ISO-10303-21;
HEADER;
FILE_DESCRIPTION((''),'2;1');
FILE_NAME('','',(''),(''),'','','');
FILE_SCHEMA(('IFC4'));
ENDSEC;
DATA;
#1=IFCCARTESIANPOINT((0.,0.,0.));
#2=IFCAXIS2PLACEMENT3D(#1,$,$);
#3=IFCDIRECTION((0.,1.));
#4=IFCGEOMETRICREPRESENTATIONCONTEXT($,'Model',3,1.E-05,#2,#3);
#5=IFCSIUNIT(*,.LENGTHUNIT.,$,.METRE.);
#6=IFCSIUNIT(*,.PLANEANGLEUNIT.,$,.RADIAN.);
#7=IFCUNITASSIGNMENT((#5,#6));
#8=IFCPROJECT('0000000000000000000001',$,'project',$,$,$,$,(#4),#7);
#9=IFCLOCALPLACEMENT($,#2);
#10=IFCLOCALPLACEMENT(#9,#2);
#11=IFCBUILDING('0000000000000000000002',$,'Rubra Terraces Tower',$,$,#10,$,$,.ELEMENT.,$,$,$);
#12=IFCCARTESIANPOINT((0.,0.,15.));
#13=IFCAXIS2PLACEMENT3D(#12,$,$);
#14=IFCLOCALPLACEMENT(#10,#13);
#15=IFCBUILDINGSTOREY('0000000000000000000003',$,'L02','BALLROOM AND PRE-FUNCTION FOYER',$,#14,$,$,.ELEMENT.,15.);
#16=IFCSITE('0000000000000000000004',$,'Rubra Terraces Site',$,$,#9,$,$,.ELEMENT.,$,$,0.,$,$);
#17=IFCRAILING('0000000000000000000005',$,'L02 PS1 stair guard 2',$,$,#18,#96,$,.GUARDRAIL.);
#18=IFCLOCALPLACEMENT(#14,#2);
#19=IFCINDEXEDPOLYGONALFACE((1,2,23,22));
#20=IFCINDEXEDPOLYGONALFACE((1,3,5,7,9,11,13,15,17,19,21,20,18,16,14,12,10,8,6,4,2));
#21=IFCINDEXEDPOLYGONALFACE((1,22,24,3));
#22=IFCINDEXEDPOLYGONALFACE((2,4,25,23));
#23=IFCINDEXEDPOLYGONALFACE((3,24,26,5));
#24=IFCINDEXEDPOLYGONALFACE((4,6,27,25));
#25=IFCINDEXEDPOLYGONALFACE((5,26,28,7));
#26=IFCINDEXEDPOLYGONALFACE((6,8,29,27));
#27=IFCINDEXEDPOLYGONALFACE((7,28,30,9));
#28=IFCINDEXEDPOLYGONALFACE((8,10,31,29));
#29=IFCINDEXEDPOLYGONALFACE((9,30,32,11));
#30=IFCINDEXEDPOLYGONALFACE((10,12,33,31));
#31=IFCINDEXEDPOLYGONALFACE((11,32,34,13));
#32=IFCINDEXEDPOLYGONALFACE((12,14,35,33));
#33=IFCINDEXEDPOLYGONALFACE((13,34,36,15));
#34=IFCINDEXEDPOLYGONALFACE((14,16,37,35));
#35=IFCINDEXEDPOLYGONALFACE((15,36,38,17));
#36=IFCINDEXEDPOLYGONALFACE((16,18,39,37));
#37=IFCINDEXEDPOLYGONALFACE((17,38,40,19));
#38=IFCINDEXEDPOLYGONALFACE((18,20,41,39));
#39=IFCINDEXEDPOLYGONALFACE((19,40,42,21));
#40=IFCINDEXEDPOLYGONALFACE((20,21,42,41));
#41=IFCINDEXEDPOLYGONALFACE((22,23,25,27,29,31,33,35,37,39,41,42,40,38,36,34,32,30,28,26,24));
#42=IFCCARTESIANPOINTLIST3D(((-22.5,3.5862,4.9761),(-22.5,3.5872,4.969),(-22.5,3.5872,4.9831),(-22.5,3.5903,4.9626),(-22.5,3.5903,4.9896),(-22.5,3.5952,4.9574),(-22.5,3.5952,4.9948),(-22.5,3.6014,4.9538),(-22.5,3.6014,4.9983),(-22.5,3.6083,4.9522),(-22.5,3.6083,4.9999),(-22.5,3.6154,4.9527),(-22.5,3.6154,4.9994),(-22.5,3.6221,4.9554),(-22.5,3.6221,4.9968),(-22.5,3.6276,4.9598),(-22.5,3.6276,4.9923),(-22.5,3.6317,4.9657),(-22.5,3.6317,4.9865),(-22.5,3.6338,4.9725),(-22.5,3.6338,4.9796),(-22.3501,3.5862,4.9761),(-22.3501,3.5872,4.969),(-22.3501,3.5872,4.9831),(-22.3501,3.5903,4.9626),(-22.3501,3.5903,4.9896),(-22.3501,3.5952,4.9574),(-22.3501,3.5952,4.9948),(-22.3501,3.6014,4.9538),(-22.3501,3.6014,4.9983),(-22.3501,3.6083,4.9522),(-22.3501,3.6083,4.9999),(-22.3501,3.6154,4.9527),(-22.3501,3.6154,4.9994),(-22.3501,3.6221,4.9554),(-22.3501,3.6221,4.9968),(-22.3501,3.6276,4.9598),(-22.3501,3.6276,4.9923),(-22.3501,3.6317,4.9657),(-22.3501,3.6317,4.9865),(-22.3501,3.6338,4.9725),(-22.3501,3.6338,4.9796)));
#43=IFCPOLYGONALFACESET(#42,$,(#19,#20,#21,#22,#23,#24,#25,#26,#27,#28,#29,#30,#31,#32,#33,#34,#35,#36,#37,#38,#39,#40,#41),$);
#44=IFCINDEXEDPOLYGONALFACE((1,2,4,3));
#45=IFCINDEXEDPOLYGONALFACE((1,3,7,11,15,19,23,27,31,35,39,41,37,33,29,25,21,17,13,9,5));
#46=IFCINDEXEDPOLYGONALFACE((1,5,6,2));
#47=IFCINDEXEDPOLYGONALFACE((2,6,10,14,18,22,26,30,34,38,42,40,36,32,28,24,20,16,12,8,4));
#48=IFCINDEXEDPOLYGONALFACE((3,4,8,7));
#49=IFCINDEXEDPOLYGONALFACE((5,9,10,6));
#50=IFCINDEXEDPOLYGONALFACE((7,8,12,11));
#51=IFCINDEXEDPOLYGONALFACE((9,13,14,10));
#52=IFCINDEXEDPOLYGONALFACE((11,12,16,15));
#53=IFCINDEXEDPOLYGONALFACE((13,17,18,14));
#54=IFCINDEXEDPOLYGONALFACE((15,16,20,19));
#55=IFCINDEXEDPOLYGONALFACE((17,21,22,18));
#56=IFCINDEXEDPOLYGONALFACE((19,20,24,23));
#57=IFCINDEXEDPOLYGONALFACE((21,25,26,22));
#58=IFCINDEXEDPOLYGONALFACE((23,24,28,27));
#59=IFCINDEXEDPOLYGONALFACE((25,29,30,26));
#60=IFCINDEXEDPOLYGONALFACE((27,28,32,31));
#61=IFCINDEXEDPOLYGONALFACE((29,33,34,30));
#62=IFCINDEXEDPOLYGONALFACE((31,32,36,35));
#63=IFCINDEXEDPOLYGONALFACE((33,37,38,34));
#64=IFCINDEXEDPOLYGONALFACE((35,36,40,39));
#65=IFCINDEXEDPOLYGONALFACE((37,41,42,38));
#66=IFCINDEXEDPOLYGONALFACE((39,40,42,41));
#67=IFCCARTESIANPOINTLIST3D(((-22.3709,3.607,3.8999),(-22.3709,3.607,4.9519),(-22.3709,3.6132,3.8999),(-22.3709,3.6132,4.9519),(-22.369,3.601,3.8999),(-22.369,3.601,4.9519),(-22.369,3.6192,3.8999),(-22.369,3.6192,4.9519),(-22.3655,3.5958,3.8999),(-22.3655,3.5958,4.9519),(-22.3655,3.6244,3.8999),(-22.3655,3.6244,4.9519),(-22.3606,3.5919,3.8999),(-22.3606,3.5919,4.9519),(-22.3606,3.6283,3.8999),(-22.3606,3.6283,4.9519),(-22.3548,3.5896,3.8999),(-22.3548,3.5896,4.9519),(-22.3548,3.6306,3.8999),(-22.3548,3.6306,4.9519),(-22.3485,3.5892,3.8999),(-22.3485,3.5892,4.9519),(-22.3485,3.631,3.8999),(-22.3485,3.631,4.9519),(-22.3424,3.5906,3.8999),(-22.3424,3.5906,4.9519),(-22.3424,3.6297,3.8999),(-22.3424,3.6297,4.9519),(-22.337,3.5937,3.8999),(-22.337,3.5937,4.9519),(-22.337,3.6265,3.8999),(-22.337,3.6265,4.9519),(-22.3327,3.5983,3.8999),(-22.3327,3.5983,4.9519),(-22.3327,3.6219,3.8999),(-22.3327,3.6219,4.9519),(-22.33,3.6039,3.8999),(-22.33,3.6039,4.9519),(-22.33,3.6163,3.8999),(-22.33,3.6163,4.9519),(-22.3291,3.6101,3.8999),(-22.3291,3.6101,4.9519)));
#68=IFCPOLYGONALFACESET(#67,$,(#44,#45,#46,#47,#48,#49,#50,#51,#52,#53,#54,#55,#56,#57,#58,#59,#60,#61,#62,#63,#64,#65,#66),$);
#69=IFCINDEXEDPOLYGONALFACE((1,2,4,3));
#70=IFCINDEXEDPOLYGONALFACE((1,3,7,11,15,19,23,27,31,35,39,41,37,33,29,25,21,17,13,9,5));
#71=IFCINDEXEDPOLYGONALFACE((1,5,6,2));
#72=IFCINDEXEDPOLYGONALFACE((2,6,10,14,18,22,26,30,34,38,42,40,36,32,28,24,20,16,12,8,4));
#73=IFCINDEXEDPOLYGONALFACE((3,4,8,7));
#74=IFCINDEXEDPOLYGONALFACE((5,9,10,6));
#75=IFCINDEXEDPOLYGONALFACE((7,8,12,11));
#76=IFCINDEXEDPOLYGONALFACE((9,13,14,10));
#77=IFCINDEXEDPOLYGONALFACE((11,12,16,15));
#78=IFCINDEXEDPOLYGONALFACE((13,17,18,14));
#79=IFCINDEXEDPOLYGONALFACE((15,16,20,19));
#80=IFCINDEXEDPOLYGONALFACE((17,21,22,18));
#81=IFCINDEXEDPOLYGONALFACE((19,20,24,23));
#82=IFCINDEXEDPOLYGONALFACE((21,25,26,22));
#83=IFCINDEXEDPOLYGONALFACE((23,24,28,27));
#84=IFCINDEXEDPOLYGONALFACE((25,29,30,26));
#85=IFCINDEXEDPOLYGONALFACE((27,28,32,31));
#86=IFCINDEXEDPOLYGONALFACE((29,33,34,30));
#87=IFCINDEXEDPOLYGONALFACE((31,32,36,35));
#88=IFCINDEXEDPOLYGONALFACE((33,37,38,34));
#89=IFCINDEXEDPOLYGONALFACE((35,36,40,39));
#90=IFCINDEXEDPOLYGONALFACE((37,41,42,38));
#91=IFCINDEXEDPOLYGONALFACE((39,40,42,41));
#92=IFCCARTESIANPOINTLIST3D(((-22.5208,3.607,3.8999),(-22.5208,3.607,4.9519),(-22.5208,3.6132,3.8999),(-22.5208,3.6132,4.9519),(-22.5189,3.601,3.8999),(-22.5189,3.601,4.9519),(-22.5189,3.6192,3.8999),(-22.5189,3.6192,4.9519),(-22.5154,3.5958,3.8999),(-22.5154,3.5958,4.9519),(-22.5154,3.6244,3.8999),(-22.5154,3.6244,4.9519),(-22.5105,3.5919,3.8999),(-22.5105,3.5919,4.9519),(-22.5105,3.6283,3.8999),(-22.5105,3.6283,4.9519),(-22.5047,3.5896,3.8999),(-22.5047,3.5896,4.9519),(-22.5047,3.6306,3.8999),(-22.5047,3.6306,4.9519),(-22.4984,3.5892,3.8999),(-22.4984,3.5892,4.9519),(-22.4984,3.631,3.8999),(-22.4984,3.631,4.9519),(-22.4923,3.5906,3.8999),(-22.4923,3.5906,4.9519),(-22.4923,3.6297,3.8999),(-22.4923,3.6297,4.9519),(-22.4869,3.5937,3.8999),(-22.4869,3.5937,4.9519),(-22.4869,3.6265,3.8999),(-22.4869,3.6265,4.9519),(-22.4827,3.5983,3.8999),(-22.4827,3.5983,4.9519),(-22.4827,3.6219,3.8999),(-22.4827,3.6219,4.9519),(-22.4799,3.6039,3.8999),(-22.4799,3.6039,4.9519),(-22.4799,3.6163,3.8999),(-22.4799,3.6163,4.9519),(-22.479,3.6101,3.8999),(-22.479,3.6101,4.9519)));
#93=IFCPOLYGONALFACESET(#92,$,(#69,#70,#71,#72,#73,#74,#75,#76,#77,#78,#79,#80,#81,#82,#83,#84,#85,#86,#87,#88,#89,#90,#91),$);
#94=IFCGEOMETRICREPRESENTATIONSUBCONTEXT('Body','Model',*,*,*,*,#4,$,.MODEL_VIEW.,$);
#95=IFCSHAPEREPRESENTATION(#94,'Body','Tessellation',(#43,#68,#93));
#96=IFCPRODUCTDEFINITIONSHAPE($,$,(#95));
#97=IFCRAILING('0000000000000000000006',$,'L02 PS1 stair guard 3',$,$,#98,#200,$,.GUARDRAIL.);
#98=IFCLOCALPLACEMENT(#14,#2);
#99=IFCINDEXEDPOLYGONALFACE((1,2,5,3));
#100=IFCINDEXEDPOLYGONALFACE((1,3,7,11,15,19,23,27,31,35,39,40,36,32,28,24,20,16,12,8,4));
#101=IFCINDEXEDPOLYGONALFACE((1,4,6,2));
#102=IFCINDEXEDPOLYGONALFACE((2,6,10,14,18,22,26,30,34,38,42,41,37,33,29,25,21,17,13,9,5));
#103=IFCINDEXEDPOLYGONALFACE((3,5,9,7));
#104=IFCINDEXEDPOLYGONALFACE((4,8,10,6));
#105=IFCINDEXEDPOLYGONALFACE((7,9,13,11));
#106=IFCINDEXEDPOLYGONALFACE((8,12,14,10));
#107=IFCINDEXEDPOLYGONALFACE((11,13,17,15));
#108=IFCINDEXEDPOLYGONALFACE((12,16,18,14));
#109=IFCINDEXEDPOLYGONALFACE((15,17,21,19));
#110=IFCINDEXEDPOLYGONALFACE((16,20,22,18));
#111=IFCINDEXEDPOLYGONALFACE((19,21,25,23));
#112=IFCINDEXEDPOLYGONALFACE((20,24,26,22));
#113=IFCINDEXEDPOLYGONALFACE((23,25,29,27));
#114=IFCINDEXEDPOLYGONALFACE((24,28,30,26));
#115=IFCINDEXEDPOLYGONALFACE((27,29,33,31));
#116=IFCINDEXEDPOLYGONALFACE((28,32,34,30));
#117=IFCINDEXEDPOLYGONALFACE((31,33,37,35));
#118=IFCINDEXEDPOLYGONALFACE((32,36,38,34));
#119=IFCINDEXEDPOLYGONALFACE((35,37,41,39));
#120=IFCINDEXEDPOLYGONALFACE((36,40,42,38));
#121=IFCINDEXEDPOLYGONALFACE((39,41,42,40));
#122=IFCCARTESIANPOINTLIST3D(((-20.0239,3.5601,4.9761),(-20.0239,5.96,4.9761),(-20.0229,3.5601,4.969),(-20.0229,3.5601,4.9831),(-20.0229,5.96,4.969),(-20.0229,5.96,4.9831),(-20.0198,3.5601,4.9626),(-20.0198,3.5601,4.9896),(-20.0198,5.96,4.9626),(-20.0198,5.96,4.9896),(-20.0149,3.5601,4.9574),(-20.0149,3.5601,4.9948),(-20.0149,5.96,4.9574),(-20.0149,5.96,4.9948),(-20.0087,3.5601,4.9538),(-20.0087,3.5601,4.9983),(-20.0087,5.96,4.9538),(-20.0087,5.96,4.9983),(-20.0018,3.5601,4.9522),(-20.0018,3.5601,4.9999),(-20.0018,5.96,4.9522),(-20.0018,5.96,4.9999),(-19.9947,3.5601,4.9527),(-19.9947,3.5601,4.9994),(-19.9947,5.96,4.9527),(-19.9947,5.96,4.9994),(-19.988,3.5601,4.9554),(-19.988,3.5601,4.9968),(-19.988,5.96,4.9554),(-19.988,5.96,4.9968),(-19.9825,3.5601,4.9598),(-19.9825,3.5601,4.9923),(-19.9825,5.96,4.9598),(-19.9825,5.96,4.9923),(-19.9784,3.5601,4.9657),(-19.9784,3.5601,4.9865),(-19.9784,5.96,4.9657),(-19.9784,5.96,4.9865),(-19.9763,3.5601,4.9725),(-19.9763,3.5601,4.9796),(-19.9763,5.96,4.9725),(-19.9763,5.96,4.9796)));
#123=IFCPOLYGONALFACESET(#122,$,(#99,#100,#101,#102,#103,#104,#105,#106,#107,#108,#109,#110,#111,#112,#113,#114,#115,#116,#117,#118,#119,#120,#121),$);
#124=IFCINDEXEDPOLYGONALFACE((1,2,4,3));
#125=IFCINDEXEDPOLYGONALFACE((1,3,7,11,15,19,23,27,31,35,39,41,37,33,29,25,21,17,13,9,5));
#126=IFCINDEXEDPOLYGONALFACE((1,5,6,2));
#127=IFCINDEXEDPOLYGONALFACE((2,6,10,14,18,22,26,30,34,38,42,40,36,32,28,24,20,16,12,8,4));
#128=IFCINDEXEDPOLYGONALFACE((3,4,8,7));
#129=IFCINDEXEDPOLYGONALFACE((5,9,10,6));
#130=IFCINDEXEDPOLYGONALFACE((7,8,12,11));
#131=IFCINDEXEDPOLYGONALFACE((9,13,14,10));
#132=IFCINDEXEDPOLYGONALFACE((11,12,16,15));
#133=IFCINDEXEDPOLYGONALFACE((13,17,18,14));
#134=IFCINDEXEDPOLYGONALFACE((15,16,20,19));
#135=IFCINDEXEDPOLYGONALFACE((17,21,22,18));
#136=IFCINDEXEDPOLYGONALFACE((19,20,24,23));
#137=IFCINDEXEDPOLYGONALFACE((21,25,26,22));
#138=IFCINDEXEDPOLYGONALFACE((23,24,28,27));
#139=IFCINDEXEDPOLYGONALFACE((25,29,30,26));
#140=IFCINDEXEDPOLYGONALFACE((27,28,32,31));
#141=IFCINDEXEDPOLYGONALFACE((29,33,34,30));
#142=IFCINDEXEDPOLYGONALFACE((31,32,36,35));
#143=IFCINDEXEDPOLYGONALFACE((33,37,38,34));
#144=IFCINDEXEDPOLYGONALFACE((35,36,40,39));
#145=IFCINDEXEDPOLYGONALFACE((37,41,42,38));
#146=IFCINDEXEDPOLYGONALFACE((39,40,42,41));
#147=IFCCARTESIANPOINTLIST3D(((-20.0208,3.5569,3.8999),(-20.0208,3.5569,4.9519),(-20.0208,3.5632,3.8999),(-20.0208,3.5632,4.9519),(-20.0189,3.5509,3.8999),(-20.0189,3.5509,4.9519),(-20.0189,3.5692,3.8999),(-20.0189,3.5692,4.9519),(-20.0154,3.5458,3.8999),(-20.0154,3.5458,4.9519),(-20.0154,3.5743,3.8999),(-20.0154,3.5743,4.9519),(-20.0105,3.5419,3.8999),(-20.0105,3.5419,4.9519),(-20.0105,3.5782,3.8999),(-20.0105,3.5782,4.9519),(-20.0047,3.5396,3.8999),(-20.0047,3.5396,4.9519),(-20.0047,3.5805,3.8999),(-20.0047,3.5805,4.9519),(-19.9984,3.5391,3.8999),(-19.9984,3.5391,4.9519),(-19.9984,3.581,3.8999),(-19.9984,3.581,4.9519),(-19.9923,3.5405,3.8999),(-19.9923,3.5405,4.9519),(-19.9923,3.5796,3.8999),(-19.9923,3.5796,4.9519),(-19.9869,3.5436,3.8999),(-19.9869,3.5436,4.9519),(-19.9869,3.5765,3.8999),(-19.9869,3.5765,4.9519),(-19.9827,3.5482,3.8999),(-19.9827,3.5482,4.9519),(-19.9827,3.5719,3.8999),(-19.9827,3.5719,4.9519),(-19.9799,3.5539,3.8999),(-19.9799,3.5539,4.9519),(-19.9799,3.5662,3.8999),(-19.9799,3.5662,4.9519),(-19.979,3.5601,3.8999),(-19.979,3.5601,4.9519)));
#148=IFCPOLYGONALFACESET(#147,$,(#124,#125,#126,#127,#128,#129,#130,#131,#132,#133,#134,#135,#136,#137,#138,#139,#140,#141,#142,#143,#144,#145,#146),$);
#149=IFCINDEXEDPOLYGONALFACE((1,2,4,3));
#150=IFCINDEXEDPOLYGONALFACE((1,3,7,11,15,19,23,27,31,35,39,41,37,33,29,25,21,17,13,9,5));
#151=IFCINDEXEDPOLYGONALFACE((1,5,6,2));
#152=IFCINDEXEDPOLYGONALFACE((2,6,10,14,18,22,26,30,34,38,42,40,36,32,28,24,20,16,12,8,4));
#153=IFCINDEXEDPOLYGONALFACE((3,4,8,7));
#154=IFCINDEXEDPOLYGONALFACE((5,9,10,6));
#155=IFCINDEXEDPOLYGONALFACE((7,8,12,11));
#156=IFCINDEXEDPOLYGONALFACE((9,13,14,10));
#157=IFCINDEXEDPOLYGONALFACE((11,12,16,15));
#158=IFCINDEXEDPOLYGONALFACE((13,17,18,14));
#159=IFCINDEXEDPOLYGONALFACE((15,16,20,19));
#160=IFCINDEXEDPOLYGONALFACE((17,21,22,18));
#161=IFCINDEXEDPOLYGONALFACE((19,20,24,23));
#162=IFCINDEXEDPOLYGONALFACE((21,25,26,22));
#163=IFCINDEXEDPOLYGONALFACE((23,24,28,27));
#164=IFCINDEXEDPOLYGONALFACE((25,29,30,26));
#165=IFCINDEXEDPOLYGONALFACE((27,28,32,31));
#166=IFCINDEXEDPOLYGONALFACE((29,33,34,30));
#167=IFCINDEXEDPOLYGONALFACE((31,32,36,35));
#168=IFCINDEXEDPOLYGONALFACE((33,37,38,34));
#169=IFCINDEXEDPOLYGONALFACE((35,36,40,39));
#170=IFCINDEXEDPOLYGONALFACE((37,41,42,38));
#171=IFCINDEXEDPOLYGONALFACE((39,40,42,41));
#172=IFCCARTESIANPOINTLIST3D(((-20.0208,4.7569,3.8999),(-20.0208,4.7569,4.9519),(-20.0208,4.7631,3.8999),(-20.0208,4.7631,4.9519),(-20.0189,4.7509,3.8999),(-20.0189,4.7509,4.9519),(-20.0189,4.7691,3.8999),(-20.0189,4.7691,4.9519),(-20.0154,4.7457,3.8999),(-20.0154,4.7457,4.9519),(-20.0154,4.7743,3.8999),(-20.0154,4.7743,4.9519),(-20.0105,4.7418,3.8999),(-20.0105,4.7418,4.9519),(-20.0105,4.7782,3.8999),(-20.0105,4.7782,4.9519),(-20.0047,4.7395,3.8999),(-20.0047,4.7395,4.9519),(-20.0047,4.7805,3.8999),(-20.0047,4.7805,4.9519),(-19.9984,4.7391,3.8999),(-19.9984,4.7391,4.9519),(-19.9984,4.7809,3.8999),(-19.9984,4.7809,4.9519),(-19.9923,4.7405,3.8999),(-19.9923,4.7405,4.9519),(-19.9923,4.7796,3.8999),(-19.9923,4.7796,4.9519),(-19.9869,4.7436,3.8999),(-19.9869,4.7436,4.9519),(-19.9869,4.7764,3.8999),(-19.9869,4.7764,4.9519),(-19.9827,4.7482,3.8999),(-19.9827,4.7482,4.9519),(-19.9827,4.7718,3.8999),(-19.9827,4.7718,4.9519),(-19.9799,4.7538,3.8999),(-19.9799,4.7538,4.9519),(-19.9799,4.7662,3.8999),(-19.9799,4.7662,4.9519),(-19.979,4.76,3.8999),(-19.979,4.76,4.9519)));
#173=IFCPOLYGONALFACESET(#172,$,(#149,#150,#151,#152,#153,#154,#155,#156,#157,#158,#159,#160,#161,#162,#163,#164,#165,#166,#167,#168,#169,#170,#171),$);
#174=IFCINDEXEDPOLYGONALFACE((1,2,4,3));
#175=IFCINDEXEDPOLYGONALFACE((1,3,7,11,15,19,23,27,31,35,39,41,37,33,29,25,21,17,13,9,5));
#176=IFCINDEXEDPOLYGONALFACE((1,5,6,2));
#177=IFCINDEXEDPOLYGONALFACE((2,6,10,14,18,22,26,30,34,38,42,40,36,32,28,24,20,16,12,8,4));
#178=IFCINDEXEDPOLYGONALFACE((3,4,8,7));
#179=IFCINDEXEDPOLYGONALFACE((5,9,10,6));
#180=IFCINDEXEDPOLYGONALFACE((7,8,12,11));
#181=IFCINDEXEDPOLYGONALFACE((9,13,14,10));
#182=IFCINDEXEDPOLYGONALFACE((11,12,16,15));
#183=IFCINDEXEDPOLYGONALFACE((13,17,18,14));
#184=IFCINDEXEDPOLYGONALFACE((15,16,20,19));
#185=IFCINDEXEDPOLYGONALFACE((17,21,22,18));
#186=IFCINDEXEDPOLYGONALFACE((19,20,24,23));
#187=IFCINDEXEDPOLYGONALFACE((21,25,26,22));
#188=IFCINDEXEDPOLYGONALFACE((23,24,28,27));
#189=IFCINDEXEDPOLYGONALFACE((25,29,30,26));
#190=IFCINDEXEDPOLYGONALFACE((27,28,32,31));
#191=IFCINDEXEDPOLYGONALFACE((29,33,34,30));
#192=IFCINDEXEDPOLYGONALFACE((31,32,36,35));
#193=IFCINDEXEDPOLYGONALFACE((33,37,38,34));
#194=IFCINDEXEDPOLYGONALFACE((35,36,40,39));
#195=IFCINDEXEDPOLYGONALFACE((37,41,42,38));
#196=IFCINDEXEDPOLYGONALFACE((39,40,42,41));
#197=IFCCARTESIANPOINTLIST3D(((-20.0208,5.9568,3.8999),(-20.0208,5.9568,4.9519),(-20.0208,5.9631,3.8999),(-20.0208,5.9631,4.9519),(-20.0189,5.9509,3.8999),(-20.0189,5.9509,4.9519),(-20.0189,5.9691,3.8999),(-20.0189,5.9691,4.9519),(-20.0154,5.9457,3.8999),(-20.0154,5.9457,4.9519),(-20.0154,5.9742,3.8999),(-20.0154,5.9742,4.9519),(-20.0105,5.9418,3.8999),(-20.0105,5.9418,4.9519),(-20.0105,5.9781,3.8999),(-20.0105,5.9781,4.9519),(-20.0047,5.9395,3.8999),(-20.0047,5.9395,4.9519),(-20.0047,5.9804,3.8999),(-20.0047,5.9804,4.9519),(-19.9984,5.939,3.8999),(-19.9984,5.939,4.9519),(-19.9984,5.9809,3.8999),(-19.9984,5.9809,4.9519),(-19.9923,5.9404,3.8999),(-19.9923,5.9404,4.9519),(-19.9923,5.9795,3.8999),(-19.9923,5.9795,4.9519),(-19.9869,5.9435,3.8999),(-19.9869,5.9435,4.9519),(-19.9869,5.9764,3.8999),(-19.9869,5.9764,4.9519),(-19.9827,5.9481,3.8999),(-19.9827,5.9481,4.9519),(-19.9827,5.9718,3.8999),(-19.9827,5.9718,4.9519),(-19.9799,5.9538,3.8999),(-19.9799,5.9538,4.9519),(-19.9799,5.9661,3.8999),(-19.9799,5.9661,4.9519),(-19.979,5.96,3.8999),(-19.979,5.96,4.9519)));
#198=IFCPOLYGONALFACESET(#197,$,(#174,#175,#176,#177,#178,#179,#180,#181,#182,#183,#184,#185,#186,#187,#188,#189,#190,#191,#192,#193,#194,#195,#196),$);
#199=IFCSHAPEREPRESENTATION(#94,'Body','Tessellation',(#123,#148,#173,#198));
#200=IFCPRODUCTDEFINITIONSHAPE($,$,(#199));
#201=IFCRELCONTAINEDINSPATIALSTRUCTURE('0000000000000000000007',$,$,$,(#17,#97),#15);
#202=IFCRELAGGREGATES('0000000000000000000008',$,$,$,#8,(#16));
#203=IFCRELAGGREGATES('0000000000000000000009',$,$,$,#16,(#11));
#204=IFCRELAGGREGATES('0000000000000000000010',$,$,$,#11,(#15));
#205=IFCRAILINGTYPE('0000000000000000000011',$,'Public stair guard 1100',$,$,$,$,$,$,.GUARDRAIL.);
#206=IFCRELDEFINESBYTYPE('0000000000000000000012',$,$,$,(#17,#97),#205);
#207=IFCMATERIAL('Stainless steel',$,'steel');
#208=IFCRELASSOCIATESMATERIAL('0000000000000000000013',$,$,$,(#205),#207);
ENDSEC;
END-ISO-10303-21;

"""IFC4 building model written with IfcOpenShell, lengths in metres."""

from ifc_helpers import new_model, si_unit, direction, frame, origin, origin_2d, place, context, subcontext, project, spatial, circle, extrude, material, type_object, element, save


model = new_model("IFC4")

# Units and contexts
model_context = context("Model", 3, precision=1e-05, world=origin(), true_north=direction((0.0, 1.0)))
body_context = subcontext(model_context, "Body", "Model", "MODEL_VIEW")
ifc_project = project(units=[si_unit("LENGTHUNIT", "METRE"), si_unit("PLANEANGLEUNIT", "RADIAN")], contexts=[model_context])

# Site, building, storey
site_placement = place(None, origin())
site = spatial("IfcSite", under=ifc_project, at=site_placement, Name="Rubra Terraces Site", CompositionType="ELEMENT", RefElevation=0.0)
building_placement = place(site_placement, origin())
building = spatial("IfcBuilding", under=site, at=building_placement, Name="Rubra Terraces Tower", CompositionType="ELEMENT")
storey_placement = place(building_placement, frame((0.0, 0.0, 15.0)))
storey = spatial("IfcBuildingStorey", under=building, at=storey_placement, Name="L02", Description="BALLROOM AND PRE-FUNCTION FOYER", CompositionType="ELEMENT", Elevation=15.0)

# Railings
ifc_material_1 = material(Name="Stainless steel", Category="steel")
railing_type_1 = type_object("IfcRailingType", Name="Public stair guard 1100", PredefinedType="GUARDRAIL", material=ifc_material_1)
railing_1_placement = place(storey_placement, frame((-22.3501, 3.6101, 3.8999)))
element("IfcRailing", 1, at=railing_1_placement, inside=storey, type_object=railing_type_1, Name="L02 PS1 stair guard 2", PredefinedType="GUARDRAIL", context=body_context, shape_type="SweptSolid", body=[
    extrude(circle(Radius=0.0239, at=origin_2d()), frame((0.0, 0.0, 1.0762), z_axis=(-1.0, 0.0, 0.0), x_axis=(0.0, -1.0, 0.0)), (0.0, 0.0, 1.0), 0.1499),
    extrude(circle(Radius=0.021, at=origin_2d()), origin(), (0.0, 0.0, 1.0), 1.052),
    extrude(circle(Radius=0.021, at=origin_2d()), frame((-0.1499, 0.0, 0.0)), (0.0, 0.0, 1.0), 1.052),
])
for number, where, name in (
    (2, (-20.0, 3.5601, 3.8999), "L02 PS1 stair guard 3"),
):
    element("IfcRailing", number, at=place(storey_placement, frame(where)), inside=storey, type_object=railing_type_1, Name=name, PredefinedType="GUARDRAIL", context=body_context, shape_type="SweptSolid", body=[
        extrude(circle(Radius=0.0239, at=origin_2d()), frame((0.0, 0.0, 1.0762), z_axis=(0.0, 1.0, 0.0), x_axis=(-1.0, 0.0, 0.0)), (0.0, 0.0, 1.0), 2.3999),
        extrude(circle(Radius=0.021, at=origin_2d()), origin(), (0.0, 0.0, 1.0), 1.052),
        extrude(circle(Radius=0.021, at=origin_2d()), frame((0.0, 1.2, 0.0)), (0.0, 0.0, 1.0), 1.052),
        extrude(circle(Radius=0.021, at=origin_2d()), frame((0.0, 2.3999, 0.0)), (0.0, 0.0, 1.0), 1.052),
    ])

save(model, "model.ifc")
